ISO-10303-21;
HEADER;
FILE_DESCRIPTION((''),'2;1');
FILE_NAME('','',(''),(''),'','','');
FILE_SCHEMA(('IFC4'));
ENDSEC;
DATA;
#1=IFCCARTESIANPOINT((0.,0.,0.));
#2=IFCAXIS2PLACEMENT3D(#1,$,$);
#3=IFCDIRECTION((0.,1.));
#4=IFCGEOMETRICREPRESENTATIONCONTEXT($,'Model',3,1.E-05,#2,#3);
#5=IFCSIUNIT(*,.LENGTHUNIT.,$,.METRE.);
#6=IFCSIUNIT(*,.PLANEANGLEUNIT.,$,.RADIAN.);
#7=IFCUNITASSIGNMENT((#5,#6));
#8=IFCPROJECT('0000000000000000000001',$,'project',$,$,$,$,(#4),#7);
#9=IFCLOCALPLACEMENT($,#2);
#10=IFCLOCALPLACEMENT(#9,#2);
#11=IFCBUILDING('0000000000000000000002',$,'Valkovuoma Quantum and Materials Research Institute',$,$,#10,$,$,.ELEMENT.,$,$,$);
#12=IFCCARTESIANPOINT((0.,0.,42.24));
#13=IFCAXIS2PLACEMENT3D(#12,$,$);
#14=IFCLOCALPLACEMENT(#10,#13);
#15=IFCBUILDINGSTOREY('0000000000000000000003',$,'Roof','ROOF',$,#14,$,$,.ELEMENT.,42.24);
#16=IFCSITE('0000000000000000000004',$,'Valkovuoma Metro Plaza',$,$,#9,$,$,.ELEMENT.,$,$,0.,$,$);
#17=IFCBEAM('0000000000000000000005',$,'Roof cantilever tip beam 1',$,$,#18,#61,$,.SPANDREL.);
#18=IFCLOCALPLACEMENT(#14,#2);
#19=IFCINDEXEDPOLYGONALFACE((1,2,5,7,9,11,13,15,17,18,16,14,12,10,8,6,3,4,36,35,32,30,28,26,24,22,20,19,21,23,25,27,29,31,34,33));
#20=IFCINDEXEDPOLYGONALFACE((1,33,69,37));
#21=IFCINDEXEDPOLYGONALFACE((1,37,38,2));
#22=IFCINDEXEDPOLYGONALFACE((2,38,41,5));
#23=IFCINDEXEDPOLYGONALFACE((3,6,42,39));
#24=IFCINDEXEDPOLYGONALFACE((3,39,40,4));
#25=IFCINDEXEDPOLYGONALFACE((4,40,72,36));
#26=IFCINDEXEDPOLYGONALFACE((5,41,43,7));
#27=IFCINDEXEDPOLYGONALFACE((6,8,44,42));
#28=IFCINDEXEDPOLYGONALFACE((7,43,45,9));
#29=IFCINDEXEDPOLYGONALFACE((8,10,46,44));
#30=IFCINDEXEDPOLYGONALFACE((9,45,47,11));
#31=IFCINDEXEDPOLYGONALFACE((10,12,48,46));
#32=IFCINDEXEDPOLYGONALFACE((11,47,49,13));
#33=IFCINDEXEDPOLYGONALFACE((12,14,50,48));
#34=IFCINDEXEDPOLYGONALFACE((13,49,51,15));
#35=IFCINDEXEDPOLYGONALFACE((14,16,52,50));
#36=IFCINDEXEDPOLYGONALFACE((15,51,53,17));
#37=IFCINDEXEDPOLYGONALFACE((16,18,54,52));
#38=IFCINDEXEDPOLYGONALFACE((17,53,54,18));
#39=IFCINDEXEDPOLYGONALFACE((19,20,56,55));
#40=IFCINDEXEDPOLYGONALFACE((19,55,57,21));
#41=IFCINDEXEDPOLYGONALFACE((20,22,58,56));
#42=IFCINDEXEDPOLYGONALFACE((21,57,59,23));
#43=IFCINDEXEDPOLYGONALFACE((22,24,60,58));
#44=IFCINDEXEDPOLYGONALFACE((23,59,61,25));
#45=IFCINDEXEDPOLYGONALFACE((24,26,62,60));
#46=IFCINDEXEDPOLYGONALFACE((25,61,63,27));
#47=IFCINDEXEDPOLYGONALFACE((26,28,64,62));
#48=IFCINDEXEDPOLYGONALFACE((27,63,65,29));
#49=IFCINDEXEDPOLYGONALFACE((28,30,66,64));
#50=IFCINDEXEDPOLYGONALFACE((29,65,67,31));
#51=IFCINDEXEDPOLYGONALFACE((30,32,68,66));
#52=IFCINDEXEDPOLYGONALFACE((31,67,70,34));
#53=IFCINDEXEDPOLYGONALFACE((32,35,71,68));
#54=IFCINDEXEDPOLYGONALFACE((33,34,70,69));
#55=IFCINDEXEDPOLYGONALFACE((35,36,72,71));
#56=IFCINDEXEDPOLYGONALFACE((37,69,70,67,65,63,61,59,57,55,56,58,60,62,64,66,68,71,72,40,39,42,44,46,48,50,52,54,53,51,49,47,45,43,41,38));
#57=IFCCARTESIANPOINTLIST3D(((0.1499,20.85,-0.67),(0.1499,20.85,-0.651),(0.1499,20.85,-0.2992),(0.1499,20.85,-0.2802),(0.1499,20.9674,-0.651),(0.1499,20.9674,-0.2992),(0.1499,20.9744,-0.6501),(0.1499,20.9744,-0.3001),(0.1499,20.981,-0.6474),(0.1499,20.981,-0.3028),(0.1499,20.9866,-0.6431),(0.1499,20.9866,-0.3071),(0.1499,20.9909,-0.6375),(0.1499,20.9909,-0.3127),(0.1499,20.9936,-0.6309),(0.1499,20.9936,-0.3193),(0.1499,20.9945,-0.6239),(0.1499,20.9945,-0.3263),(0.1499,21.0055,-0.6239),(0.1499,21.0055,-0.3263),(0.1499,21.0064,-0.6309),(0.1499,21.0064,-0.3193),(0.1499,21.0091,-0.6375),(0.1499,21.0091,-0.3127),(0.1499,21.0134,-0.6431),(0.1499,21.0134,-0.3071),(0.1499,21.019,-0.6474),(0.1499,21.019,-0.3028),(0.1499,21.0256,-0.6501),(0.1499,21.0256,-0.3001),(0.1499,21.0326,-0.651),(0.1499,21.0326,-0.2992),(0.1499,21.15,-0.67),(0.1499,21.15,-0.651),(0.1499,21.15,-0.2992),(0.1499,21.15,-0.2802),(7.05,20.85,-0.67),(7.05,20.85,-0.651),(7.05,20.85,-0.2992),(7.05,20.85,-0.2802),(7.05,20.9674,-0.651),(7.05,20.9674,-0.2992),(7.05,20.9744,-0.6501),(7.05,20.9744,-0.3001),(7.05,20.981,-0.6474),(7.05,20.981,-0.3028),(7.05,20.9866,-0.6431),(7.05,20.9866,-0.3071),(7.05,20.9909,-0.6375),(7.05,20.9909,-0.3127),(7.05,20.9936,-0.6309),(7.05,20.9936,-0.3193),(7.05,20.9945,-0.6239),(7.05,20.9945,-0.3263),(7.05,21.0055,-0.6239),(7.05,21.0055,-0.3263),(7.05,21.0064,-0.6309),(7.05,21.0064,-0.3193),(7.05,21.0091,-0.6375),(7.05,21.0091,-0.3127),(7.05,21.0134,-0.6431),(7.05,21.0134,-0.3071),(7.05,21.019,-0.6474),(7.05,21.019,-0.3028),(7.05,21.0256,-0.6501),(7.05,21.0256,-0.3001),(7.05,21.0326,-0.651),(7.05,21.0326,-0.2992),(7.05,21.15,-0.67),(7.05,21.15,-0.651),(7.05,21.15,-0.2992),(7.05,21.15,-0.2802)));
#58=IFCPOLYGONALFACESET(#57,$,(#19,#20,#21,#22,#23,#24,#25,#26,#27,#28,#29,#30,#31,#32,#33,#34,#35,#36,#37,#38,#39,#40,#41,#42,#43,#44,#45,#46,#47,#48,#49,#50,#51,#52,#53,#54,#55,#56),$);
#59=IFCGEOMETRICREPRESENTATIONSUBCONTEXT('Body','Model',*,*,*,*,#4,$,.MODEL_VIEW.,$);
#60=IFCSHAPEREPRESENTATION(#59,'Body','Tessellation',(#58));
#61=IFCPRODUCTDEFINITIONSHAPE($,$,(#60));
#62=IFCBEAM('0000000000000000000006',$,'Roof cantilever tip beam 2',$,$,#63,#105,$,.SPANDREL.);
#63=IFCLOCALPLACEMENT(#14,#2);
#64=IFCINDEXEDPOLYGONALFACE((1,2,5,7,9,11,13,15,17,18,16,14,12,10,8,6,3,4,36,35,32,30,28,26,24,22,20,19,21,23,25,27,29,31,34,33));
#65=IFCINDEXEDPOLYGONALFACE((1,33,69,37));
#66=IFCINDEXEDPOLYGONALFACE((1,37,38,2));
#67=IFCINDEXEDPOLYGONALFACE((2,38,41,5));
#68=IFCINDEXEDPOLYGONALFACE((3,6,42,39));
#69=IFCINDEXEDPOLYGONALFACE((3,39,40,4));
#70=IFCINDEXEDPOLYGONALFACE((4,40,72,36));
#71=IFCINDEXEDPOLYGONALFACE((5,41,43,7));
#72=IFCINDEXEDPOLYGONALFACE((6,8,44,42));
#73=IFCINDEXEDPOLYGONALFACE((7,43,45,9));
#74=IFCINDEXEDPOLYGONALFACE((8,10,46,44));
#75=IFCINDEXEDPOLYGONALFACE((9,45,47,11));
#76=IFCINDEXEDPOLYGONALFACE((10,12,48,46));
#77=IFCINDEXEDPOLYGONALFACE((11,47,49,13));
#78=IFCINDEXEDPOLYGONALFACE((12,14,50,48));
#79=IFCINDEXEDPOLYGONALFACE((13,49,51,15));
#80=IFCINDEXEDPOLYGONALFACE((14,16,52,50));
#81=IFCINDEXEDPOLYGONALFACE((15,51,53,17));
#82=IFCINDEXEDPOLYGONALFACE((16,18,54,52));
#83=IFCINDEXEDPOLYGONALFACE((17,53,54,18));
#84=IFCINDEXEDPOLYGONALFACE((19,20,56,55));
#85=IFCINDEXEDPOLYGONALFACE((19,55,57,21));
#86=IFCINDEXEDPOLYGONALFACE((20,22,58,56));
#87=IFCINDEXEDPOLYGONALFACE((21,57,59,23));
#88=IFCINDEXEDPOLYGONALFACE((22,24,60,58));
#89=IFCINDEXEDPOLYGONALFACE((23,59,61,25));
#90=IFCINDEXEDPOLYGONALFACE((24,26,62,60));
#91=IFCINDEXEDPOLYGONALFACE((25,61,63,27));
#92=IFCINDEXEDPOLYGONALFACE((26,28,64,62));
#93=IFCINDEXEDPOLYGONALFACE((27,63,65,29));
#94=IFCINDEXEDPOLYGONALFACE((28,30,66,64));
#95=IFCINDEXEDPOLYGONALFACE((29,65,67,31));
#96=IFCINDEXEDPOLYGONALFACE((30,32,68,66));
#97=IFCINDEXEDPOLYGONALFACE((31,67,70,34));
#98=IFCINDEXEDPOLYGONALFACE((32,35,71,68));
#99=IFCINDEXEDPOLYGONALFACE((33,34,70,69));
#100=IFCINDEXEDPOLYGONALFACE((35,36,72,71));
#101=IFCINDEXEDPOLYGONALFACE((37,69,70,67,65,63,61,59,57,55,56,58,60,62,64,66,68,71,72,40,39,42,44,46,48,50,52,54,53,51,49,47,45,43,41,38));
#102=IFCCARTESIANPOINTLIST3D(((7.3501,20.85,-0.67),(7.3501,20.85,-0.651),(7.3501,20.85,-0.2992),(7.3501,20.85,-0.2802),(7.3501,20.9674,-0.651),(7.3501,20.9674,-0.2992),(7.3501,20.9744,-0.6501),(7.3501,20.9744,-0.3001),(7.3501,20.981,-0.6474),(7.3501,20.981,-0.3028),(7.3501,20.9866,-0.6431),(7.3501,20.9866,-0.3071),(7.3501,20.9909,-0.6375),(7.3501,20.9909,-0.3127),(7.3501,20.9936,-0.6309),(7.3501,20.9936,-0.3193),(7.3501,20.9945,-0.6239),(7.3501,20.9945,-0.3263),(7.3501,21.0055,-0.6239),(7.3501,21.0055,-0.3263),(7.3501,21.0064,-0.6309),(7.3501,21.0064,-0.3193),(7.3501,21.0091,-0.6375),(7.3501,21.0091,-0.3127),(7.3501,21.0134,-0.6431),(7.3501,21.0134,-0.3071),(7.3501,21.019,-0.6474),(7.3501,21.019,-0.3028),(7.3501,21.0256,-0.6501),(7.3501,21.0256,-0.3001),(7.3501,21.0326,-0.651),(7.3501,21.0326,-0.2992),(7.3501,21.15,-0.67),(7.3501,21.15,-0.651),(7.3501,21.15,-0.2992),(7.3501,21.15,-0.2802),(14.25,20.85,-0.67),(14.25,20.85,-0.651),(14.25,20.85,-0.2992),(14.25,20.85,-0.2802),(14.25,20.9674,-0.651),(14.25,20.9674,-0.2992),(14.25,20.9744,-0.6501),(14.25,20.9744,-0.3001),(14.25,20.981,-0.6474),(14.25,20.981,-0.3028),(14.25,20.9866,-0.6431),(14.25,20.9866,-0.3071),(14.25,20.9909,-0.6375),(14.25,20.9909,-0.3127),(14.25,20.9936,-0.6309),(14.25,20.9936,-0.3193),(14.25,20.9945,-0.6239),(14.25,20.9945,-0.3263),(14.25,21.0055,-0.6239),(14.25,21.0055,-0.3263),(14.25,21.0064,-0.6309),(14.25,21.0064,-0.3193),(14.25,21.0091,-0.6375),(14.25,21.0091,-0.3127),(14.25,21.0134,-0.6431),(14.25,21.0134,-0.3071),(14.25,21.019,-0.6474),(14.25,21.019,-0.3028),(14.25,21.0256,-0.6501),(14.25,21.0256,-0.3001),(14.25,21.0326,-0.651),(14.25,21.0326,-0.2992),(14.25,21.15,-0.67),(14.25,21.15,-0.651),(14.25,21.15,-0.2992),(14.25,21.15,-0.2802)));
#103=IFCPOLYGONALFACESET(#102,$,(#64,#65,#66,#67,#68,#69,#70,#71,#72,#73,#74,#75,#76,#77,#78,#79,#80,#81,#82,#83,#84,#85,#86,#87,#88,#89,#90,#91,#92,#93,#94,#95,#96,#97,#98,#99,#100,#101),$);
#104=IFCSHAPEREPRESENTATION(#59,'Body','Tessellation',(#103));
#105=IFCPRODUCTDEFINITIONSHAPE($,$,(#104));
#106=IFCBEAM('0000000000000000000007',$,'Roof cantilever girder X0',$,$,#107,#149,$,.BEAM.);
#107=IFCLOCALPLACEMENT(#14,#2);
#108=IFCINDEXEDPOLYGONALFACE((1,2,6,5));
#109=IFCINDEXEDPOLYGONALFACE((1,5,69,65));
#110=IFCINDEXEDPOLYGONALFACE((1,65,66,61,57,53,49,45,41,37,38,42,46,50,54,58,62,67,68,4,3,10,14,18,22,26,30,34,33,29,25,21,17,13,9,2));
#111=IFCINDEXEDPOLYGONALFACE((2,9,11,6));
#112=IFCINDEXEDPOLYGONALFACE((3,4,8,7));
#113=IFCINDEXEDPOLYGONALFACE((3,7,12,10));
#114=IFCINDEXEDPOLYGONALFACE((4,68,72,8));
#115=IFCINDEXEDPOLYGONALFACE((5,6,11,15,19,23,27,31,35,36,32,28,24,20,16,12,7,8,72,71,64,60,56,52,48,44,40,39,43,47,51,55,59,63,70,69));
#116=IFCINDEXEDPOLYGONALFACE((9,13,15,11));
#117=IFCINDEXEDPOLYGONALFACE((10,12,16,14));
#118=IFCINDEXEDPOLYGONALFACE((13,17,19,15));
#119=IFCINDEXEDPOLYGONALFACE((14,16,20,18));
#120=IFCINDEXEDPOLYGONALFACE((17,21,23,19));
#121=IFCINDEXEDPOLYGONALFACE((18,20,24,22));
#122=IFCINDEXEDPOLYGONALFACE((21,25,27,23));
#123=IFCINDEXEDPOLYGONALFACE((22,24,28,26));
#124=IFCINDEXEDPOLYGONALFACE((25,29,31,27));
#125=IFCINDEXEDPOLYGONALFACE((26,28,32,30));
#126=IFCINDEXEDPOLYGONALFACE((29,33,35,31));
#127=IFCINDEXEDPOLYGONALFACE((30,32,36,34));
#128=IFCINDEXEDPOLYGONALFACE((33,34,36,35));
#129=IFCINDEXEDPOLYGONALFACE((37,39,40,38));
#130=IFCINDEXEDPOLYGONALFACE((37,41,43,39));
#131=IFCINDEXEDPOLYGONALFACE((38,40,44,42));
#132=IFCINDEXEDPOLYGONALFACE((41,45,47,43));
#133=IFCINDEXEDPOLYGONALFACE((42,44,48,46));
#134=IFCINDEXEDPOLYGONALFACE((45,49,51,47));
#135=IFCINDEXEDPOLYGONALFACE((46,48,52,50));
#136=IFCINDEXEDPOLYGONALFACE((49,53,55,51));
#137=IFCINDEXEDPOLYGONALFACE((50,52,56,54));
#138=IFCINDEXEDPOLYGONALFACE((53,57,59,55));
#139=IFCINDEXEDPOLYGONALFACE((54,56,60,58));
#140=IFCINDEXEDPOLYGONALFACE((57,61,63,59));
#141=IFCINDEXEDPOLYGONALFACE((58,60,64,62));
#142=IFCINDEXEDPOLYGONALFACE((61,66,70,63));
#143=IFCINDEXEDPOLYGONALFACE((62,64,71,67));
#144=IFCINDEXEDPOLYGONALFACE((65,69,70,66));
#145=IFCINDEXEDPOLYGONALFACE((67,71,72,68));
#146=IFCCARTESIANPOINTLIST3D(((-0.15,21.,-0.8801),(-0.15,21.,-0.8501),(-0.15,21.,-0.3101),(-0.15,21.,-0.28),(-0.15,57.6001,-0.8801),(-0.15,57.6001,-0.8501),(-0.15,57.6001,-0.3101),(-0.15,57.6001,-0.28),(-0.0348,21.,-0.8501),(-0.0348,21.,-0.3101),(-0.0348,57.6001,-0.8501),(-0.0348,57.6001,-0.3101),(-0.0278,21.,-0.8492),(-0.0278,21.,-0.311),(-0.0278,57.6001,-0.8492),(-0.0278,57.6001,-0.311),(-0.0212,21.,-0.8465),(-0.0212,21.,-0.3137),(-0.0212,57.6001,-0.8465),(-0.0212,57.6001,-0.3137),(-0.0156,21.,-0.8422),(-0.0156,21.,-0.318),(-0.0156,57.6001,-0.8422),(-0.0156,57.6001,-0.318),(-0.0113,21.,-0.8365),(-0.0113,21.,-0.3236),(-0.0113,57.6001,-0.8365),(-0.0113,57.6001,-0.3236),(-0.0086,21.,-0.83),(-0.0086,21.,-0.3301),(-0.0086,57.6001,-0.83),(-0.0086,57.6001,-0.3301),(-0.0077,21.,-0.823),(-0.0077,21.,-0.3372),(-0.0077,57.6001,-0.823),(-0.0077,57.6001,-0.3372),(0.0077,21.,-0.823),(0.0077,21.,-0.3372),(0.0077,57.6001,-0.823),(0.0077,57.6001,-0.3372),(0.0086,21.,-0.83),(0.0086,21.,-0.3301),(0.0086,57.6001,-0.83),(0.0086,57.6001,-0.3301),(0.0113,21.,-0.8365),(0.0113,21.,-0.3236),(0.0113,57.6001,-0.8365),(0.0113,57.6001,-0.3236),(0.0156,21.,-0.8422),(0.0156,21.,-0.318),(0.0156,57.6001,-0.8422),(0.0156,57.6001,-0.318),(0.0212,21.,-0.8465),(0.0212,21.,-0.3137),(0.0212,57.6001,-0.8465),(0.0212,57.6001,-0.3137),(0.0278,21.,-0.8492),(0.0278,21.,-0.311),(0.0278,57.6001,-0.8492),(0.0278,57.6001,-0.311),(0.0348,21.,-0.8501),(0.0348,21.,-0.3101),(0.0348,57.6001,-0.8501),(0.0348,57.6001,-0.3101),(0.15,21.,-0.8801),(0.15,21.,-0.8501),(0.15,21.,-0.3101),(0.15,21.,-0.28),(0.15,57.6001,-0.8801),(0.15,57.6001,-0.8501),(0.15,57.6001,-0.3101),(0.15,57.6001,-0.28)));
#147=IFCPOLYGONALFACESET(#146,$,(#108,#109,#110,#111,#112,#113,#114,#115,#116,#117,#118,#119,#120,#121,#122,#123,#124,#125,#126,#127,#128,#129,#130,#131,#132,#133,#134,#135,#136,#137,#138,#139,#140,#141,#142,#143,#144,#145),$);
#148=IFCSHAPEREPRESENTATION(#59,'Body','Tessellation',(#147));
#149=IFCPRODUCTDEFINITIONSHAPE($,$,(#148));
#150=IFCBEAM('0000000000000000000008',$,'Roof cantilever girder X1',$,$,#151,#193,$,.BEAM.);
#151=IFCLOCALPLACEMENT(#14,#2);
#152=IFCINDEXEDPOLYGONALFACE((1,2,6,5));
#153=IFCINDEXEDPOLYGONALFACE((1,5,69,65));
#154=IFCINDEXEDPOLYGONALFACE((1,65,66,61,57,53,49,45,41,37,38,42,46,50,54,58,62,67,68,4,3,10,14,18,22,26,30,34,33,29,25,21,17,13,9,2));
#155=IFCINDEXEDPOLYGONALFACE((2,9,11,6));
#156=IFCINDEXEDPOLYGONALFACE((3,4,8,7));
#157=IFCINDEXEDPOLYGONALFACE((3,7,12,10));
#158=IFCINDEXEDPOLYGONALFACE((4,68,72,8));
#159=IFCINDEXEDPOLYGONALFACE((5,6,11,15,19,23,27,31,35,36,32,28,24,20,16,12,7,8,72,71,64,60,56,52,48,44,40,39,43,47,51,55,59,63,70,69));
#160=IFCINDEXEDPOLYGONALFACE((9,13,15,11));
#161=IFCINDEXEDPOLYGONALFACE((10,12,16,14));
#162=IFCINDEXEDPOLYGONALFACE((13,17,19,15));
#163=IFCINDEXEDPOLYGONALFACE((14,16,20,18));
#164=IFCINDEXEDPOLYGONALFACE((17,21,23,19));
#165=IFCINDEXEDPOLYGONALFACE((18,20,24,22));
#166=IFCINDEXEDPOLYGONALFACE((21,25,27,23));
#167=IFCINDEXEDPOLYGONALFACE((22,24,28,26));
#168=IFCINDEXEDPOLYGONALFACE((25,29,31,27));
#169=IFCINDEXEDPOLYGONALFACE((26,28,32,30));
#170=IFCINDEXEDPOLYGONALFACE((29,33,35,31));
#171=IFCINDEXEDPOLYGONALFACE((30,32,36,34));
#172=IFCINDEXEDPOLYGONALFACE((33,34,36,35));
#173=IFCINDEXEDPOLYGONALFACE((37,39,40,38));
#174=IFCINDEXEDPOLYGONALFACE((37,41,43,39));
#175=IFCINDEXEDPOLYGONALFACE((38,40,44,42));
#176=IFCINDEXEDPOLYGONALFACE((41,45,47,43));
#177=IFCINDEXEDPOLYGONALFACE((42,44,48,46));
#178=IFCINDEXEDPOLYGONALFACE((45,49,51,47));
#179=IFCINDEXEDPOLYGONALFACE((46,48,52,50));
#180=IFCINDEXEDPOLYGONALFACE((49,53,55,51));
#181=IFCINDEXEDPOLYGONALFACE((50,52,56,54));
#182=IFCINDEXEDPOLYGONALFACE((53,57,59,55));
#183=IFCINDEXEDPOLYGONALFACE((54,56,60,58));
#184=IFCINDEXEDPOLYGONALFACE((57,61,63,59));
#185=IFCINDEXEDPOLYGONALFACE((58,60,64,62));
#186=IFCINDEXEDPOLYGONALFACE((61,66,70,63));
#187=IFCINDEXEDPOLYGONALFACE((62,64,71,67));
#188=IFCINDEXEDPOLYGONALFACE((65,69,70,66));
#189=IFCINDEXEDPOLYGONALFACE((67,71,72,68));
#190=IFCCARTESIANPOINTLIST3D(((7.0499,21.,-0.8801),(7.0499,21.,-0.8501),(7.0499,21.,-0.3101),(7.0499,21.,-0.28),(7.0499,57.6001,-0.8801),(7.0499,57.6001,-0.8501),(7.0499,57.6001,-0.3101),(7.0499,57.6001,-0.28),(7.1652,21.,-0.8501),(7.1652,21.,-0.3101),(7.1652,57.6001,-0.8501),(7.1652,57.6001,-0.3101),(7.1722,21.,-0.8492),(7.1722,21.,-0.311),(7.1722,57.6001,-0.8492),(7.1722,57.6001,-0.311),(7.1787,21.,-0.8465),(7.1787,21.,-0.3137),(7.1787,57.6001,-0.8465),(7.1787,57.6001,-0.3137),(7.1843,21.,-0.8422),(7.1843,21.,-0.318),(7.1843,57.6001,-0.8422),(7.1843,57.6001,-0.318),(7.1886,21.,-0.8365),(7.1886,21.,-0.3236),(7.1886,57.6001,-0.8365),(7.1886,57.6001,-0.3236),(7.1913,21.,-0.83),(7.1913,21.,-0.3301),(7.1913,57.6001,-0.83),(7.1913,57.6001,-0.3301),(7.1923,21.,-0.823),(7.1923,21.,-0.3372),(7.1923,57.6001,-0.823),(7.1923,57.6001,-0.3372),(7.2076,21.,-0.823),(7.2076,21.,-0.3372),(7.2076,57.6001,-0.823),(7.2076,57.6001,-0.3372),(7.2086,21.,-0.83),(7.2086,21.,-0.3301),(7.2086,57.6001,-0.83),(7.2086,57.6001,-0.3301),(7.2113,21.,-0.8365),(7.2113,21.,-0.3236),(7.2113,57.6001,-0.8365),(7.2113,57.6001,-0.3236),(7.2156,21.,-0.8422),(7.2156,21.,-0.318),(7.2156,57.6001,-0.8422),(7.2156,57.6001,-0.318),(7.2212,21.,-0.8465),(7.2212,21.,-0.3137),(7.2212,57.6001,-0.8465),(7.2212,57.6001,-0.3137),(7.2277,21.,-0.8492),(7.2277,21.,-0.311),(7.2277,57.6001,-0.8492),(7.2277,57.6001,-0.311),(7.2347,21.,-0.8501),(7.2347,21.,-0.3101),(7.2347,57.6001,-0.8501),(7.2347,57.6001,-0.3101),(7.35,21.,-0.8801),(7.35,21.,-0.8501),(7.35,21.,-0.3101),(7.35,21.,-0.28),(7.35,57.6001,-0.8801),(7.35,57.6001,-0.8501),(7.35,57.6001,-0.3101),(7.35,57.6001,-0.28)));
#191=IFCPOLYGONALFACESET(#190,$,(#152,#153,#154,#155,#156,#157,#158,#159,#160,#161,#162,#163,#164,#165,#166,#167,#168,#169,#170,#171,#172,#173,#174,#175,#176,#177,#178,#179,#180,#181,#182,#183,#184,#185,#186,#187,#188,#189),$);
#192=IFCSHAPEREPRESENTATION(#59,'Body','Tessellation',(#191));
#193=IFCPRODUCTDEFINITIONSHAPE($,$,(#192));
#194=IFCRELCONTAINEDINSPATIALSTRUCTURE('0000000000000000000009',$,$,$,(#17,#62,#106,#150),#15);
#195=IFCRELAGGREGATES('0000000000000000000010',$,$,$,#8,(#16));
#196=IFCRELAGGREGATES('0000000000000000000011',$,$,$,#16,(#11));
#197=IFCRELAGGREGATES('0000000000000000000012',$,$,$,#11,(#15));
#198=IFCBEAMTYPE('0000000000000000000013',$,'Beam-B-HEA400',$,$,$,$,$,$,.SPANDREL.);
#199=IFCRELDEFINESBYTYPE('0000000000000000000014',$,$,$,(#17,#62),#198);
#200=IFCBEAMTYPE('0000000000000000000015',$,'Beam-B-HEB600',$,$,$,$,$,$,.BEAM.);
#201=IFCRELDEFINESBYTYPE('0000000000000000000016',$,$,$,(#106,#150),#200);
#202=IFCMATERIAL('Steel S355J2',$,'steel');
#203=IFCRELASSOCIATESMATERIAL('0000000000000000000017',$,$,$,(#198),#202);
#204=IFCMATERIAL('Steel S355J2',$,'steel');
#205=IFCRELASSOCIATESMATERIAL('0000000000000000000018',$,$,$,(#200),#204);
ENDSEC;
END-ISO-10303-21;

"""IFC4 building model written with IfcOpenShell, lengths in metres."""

from ifc_helpers import new_model, si_unit, direction, frame, origin, origin_2d, place, context, subcontext, project, spatial, i_section, extrude, material, material_profile, profile_set, type_object, element, save


model = new_model("IFC4")

# Units and contexts
model_context = context("Model", 3, precision=1e-05, world=origin(), true_north=direction((0.0, 1.0)))
body_context = subcontext(model_context, "Body", "Model", "MODEL_VIEW")
ifc_project = project(units=[si_unit("LENGTHUNIT", "METRE"), si_unit("PLANEANGLEUNIT", "RADIAN")], contexts=[model_context])

# Site, building, storey
site_placement = place(None, origin())
site = spatial("IfcSite", under=ifc_project, at=site_placement, Name="Valkovuoma Metro Plaza", CompositionType="ELEMENT", RefElevation=0.0)
building_placement = place(site_placement, origin())
building = spatial("IfcBuilding", under=site, at=building_placement, Name="Valkovuoma Quantum and Materials Research Institute", CompositionType="ELEMENT")
storey_placement = place(building_placement, frame((0.0, 0.0, 42.24)))
storey = spatial("IfcBuildingStorey", under=building, at=storey_placement, Name="Roof", Description="ROOF", CompositionType="ELEMENT", Elevation=42.24)

# Beams
ifc_material_1 = material(Name="Steel S355J2", Category="steel")
ifc_material_profile_1 = material_profile(ifc_material_1, i_section(OverallWidth=0.3, OverallDepth=0.3899, WebThickness=0.011, FlangeThickness=0.019, FilletRadius=0.0271, at=origin_2d()), Name="Steel S355J2")
ifc_profile_set_1 = profile_set([ifc_material_profile_1], Name="Steel S355J2")
beam_type_1 = type_object("IfcBeamType", Name="Beam-B-HEA400", PredefinedType="SPANDREL", material=ifc_profile_set_1)
beam_1_placement = place(storey_placement, frame((0.1499, 21.0, -0.4751), z_axis=(1.0, 0.0, 0.0), x_axis=(0.0, 1.0, 0.0)))
element("IfcBeam", 1, at=beam_1_placement, inside=storey, type_object=beam_type_1, Name="Roof cantilever tip beam 1", PredefinedType="SPANDREL", context=body_context, shape_type="SweptSolid", body=[
    extrude(i_section(OverallWidth=0.3, OverallDepth=0.3899, WebThickness=0.011, FlangeThickness=0.019, FilletRadius=0.0271, at=origin_2d()), origin(), (0.0, 0.0, 1.0), 6.9001),
])
beam_2_placement = place(storey_placement, frame((7.3501, 21.0, -0.4751), z_axis=(1.0, 0.0, 0.0), x_axis=(0.0, 1.0, 0.0)))
element("IfcBeam", 2, at=beam_2_placement, inside=storey, type_object=beam_type_1, Name="Roof cantilever tip beam 2", PredefinedType="SPANDREL", context=body_context, shape_type="SweptSolid", body=[
    extrude(i_section(OverallWidth=0.3, OverallDepth=0.3899, WebThickness=0.011, FlangeThickness=0.019, FilletRadius=0.0271, at=origin_2d()), origin(), (0.0, 0.0, 1.0), 6.8999),
])
ifc_material_2 = material(Name="Steel S355J2", Category="steel")
ifc_material_profile_2 = material_profile(ifc_material_2, i_section(OverallWidth=0.3, OverallDepth=0.6001, WebThickness=0.0154, FlangeThickness=0.03, FilletRadius=0.0271, at=origin_2d()), Name="Steel S355J2")
ifc_profile_set_2 = profile_set([ifc_material_profile_2], Name="Steel S355J2")
beam_type_2 = type_object("IfcBeamType", Name="Beam-B-HEB600", PredefinedType="BEAM", material=ifc_profile_set_2)
for number, where, z_axis, x_axis, name in (
    (3, (0.0, 21.0, -0.5801), (0.0, 1.0, 0.0), (-1.0, 0.0, 0.0), "Roof cantilever girder X0"),
    (4, (7.2, 21.0, -0.5801), (0.0, 1.0, 0.0), (-1.0, 0.0, 0.0), "Roof cantilever girder X1"),
):
    element("IfcBeam", number, at=place(storey_placement, frame(where, z_axis=z_axis, x_axis=x_axis)), inside=storey, type_object=beam_type_2, Name=name, PredefinedType="BEAM", context=body_context, shape_type="SweptSolid", body=[
        extrude(i_section(OverallWidth=0.3, OverallDepth=0.6001, WebThickness=0.0154, FlangeThickness=0.03, FilletRadius=0.0271, at=origin_2d()), origin(), (0.0, 0.0, 1.0), 36.6001),
    ])

save(model, "model.ifc")
